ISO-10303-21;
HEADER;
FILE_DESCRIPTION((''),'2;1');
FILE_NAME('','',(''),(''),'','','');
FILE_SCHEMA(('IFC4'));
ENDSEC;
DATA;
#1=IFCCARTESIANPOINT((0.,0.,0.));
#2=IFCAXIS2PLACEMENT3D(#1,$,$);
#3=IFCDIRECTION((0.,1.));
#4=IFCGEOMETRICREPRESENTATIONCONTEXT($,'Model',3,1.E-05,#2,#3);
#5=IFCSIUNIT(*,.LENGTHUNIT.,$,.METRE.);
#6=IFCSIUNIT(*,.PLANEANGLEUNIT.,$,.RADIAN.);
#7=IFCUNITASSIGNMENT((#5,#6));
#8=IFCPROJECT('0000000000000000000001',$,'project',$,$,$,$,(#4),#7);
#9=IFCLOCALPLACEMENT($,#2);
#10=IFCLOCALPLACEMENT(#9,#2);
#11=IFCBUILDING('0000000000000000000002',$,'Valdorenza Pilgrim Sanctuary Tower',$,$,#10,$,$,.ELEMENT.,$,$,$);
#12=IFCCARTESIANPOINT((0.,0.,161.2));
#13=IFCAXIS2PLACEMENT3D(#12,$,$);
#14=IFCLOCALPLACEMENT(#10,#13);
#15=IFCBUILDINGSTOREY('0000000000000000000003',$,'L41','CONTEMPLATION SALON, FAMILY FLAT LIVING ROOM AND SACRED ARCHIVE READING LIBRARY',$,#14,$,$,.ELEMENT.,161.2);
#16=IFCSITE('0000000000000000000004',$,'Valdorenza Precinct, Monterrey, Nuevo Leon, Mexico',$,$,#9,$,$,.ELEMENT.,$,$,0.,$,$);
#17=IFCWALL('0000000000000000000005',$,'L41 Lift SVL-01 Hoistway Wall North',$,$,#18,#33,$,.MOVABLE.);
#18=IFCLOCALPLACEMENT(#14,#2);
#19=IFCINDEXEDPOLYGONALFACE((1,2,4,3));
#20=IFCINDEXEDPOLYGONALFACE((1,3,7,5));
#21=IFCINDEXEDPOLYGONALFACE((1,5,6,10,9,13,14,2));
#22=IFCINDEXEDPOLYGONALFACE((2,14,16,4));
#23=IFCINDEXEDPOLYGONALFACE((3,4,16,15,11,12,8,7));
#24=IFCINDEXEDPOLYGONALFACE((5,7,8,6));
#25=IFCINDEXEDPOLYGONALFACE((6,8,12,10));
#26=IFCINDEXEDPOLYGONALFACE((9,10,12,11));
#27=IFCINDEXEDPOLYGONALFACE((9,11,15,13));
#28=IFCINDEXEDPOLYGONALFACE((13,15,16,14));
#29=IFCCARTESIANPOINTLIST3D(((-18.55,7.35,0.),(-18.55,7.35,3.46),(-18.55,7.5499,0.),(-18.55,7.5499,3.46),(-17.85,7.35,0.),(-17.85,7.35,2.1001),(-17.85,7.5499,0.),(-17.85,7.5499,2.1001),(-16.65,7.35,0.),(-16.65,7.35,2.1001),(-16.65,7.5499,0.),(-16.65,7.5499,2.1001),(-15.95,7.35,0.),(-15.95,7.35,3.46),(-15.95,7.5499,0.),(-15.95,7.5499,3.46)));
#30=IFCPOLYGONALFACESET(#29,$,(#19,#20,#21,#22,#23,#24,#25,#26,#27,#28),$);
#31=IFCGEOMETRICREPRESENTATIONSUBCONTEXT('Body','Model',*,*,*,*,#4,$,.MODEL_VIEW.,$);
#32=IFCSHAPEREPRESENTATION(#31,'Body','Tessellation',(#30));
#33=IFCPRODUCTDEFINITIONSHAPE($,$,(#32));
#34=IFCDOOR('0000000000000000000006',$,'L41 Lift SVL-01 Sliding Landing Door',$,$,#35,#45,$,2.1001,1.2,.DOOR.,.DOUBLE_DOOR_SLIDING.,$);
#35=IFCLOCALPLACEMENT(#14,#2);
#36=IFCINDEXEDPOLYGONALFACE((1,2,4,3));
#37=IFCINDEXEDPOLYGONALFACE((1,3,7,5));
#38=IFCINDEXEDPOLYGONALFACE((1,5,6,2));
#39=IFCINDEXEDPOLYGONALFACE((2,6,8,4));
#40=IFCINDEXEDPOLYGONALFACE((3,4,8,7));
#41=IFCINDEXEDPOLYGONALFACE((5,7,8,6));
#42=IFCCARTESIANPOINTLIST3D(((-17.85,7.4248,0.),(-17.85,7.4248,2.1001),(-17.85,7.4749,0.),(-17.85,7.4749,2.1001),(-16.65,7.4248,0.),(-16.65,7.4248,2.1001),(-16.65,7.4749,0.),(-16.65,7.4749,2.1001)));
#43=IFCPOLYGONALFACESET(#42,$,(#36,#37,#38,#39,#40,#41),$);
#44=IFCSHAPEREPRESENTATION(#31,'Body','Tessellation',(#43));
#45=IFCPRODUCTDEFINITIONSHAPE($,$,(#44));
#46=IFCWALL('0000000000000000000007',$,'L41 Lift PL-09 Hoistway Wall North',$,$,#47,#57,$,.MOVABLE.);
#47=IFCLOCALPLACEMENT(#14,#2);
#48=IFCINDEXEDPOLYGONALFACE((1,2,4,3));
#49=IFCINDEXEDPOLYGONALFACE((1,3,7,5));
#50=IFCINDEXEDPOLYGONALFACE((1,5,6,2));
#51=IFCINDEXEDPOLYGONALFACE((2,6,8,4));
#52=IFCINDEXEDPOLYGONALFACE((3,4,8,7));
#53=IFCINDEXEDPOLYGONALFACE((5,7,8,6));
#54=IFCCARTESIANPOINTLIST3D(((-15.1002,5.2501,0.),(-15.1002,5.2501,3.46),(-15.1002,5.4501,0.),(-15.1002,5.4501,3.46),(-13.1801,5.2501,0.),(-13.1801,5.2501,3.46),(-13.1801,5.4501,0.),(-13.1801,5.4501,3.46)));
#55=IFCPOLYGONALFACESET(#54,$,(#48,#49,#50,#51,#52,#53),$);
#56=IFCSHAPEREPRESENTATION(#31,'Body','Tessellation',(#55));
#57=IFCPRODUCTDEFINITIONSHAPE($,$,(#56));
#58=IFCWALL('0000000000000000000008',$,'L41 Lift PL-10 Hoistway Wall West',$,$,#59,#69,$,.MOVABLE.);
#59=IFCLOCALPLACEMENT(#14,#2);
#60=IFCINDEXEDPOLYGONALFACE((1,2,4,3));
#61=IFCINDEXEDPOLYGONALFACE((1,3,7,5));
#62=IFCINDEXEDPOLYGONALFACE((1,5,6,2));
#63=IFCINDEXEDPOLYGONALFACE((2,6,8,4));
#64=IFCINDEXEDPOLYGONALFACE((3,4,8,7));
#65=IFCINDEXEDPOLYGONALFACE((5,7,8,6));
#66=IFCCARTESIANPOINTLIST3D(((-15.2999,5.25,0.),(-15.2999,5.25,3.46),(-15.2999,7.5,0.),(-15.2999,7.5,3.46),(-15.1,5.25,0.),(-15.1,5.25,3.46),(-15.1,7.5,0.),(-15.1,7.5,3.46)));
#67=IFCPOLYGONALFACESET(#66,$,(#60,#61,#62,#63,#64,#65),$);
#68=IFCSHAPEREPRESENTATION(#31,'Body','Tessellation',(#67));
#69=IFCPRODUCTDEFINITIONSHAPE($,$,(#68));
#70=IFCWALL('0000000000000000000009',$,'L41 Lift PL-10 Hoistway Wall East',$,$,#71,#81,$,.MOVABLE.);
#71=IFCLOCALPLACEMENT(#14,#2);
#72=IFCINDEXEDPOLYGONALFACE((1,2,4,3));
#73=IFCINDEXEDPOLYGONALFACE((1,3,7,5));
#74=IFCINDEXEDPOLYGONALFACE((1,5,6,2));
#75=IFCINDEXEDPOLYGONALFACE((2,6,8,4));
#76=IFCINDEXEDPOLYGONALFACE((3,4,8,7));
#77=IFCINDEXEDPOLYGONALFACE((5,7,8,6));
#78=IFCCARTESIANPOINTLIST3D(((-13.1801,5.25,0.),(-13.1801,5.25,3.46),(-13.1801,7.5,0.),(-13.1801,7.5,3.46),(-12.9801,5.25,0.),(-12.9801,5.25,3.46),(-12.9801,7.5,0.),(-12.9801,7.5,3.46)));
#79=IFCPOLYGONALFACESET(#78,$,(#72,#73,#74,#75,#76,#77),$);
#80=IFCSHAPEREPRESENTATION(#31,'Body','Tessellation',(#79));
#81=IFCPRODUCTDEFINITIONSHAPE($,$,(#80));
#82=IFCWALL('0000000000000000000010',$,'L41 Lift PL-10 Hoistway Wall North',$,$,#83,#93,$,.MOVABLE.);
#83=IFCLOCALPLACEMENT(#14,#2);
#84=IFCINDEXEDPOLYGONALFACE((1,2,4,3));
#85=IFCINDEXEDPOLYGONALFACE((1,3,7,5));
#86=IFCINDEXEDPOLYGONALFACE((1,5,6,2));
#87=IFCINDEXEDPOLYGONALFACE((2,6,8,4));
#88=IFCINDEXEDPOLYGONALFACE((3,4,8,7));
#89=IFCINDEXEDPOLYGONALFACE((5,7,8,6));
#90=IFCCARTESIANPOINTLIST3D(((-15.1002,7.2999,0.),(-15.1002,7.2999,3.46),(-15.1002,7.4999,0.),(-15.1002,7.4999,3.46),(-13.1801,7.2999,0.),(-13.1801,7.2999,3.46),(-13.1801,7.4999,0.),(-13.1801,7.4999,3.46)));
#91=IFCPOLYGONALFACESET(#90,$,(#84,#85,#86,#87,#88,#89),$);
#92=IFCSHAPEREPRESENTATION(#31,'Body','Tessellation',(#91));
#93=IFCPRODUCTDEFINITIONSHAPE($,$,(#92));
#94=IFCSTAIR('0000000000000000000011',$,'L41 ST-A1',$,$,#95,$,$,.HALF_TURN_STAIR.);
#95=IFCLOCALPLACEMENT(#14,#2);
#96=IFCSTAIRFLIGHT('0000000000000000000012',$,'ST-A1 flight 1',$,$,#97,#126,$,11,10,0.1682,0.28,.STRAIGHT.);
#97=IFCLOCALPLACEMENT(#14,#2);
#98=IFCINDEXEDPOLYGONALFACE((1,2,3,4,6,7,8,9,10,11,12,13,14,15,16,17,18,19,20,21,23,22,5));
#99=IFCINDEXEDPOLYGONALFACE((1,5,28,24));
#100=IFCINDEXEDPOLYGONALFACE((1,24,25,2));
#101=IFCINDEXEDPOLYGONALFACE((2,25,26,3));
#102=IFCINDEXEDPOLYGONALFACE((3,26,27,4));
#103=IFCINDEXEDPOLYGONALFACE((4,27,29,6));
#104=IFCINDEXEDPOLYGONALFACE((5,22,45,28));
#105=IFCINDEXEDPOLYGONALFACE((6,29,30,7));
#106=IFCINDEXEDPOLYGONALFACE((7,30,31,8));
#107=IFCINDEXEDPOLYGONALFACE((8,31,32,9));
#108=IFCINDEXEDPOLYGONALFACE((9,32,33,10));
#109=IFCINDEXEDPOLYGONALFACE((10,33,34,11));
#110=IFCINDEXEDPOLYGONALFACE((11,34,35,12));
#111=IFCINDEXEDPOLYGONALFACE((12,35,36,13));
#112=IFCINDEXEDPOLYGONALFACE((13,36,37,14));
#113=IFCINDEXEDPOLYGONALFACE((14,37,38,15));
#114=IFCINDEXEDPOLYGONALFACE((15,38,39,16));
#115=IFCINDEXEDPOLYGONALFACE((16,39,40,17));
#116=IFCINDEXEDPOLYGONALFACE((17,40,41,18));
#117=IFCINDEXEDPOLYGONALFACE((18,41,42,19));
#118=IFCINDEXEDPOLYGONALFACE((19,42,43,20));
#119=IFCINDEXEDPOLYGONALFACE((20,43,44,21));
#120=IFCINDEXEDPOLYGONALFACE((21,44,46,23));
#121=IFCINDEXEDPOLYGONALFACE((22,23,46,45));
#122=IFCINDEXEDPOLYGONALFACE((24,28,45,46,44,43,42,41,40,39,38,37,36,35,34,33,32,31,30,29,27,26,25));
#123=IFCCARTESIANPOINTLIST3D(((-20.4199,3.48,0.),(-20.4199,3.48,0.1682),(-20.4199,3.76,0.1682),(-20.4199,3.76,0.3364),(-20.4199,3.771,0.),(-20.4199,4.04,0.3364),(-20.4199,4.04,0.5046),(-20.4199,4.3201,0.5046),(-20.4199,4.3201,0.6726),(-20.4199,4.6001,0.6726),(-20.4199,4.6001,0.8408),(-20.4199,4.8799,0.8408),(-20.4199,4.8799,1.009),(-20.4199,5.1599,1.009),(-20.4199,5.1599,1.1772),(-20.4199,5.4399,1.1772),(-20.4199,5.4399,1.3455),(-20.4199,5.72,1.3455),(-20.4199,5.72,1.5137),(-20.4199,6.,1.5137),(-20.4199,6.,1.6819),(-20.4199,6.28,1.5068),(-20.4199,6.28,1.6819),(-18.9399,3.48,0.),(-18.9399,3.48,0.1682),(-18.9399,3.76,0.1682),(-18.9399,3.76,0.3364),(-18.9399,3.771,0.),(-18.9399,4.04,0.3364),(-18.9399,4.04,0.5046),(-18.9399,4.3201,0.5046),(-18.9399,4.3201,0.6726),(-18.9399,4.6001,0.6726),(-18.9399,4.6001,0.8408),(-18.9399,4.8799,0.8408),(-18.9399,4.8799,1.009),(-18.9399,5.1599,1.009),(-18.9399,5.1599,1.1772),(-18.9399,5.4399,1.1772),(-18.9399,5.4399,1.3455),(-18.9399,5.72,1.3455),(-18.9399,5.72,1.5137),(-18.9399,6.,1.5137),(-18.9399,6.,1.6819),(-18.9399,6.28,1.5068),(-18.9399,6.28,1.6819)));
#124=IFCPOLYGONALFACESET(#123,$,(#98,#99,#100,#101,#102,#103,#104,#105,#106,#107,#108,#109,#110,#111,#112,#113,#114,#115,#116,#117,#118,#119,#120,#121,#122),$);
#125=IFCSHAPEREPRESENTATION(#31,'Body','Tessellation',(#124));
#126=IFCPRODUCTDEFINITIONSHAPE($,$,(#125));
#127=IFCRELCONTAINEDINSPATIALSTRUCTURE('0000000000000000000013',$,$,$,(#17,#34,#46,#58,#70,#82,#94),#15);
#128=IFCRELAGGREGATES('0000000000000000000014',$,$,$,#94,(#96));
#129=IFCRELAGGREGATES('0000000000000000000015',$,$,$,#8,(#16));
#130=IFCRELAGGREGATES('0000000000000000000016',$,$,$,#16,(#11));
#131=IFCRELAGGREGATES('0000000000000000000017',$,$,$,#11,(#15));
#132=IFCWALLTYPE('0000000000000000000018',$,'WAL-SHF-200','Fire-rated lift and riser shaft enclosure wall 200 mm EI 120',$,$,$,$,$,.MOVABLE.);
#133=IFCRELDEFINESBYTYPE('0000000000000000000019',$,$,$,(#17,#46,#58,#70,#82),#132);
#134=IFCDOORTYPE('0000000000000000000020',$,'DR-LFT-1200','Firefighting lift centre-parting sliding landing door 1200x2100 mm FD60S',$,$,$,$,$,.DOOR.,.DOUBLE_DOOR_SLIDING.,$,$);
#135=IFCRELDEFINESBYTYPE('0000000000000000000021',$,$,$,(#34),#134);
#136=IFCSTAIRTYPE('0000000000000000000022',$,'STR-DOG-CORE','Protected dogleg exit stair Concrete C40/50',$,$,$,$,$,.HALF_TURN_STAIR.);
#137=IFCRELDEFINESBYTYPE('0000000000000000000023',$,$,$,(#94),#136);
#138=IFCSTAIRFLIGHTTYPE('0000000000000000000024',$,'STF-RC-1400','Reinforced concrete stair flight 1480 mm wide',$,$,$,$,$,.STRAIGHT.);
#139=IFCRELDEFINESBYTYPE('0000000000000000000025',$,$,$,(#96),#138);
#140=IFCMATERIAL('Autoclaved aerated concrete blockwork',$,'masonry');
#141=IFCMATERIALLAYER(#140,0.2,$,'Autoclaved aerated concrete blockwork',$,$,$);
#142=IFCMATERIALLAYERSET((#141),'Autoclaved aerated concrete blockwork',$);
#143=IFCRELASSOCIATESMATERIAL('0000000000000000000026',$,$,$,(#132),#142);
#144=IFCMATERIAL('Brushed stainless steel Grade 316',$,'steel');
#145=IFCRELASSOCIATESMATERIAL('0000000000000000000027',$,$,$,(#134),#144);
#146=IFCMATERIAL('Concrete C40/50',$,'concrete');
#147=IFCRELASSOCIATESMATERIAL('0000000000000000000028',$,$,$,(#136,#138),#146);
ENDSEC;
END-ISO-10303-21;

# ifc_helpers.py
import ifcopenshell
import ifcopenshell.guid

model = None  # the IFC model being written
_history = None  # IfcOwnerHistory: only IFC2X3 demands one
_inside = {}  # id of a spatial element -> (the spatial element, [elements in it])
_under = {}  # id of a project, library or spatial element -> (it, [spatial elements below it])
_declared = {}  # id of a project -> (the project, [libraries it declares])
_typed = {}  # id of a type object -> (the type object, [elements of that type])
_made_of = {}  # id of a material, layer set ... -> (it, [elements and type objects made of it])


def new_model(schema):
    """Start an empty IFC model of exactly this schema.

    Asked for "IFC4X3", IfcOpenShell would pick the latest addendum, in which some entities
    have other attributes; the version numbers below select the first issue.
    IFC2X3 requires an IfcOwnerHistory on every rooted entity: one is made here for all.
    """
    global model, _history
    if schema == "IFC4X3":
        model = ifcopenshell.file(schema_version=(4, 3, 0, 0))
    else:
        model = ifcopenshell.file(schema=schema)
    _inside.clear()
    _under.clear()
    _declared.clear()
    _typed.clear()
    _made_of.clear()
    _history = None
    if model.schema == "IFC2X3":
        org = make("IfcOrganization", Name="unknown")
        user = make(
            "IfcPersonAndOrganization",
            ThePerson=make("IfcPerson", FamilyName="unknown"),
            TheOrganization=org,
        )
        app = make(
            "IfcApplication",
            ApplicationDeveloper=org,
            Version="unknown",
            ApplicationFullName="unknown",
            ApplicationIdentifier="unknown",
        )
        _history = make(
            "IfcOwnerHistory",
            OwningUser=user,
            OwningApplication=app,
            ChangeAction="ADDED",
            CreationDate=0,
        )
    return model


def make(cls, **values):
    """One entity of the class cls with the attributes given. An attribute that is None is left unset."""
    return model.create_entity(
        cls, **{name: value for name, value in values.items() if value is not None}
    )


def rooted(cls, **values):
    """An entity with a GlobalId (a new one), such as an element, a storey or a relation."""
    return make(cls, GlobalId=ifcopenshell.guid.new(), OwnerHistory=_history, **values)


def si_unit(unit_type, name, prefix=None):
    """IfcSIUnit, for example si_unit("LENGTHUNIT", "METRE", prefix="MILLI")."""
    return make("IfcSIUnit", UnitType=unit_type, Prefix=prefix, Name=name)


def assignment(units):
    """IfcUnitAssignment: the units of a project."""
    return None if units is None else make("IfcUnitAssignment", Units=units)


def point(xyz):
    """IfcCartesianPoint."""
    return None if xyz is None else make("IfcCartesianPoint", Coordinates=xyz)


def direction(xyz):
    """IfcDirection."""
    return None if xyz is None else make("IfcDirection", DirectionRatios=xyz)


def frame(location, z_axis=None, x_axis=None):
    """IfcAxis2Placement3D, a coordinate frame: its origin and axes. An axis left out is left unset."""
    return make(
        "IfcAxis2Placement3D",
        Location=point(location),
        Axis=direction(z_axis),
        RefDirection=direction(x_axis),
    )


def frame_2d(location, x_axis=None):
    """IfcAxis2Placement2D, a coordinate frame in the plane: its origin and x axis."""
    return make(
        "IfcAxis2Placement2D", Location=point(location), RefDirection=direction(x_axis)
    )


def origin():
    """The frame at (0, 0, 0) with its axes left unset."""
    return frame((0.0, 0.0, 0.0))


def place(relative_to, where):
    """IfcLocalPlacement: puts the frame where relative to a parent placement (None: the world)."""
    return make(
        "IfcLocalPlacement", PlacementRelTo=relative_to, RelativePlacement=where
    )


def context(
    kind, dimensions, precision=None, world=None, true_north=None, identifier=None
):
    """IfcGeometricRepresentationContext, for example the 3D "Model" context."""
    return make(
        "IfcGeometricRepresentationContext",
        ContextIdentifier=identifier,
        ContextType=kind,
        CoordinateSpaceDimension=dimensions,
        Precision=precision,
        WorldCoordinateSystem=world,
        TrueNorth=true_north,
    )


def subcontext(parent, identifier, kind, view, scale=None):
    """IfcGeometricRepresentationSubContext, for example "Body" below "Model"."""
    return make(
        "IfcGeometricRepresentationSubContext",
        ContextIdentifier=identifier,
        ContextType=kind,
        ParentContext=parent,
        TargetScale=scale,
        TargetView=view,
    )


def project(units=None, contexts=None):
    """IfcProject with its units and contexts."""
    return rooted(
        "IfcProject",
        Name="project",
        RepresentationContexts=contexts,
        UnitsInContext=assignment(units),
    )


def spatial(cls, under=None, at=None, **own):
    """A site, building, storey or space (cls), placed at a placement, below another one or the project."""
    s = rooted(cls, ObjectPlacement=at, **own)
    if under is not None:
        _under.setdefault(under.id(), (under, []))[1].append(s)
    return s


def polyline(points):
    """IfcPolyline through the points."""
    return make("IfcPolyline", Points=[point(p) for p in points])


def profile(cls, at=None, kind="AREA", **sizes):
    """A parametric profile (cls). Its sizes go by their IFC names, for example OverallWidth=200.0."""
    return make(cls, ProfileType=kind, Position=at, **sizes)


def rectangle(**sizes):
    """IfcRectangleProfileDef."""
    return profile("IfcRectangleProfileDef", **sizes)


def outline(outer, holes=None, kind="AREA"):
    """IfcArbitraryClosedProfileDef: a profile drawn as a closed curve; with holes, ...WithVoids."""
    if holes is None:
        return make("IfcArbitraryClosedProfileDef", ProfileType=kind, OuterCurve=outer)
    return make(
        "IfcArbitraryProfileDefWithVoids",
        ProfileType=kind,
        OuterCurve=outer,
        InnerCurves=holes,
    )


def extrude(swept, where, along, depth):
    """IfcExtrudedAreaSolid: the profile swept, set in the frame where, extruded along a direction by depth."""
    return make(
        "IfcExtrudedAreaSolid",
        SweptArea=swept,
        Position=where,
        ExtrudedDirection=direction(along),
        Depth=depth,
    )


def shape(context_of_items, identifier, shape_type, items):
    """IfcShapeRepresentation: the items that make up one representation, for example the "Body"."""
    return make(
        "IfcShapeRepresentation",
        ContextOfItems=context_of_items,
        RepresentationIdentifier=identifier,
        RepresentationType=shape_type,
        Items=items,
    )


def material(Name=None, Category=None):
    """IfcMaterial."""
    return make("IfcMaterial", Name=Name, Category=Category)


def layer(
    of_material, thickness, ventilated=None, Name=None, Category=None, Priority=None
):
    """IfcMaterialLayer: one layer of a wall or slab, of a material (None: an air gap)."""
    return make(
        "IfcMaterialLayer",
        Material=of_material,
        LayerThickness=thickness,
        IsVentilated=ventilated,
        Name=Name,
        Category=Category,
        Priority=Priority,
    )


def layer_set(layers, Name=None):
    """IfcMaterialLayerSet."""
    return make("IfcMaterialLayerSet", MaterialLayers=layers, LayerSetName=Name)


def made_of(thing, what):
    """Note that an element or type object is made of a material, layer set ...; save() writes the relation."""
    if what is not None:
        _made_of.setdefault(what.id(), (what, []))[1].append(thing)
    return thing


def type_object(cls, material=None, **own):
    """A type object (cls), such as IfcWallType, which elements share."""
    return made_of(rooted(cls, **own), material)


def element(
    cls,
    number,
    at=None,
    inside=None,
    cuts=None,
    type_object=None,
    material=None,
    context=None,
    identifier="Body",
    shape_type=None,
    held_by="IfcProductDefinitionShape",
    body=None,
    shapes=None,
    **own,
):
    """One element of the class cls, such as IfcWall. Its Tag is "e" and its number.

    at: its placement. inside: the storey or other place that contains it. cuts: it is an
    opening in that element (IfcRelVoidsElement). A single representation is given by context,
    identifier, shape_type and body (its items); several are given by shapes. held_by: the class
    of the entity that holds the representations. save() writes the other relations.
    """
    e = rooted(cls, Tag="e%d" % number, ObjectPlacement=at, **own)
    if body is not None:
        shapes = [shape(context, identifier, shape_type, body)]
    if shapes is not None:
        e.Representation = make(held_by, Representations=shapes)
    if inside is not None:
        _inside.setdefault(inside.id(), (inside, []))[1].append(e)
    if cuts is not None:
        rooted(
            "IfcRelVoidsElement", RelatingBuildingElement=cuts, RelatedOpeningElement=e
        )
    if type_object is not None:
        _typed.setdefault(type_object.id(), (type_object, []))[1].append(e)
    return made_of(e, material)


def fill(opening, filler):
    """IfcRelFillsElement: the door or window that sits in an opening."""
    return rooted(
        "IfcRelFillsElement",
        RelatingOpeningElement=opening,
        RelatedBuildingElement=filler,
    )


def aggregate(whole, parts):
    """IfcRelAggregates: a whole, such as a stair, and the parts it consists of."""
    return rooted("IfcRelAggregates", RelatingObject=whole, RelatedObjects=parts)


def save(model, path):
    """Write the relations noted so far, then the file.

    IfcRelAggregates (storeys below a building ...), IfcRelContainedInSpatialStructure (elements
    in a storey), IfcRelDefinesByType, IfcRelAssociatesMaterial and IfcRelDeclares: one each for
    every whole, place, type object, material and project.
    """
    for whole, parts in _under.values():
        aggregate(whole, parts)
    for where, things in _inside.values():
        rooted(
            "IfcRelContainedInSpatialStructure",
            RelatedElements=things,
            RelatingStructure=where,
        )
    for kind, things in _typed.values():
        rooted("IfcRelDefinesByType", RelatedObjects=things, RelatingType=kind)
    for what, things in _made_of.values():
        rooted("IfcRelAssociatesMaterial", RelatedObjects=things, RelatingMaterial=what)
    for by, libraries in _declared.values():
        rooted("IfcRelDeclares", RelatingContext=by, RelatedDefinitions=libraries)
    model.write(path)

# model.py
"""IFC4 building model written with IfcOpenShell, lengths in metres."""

from ifc_helpers import new_model, si_unit, direction, frame, frame_2d, origin, place, context, subcontext, project, spatial, polyline, rectangle, outline, extrude, material, layer, layer_set, type_object, element, fill, aggregate, save


model = new_model("IFC4")

# Units and contexts
model_context = context("Model", 3, precision=1e-05, world=origin(), true_north=direction((0.0, 1.0)))
body_context = subcontext(model_context, "Body", "Model", "MODEL_VIEW")
ifc_project = project(units=[si_unit("LENGTHUNIT", "METRE"), si_unit("PLANEANGLEUNIT", "RADIAN")], contexts=[model_context])

# Site, building, storey
site_placement = place(None, origin())
site = spatial("IfcSite", under=ifc_project, at=site_placement, Name="Valdorenza Precinct, Monterrey, Nuevo Leon, Mexico", CompositionType="ELEMENT", RefElevation=0.0)
building_placement = place(site_placement, origin())
building = spatial("IfcBuilding", under=site, at=building_placement, Name="Valdorenza Pilgrim Sanctuary Tower", CompositionType="ELEMENT")
storey_placement = place(building_placement, frame((0.0, 0.0, 161.2)))
storey = spatial("IfcBuildingStorey", under=building, at=storey_placement, Name="L41", Description="CONTEMPLATION SALON, FAMILY FLAT LIVING ROOM AND SACRED ARCHIVE READING LIBRARY", CompositionType="ELEMENT", Elevation=161.2)

# Shared definitions
ifc_material_1 = material(Name="Autoclaved aerated concrete blockwork", Category="masonry")
ifc_layer_1 = layer(ifc_material_1, 0.2, Name="Autoclaved aerated concrete blockwork")
ifc_layer_set_1 = layer_set([ifc_layer_1], Name="Autoclaved aerated concrete blockwork")
wall_type_1 = type_object("IfcWallType", Name="WAL-SHF-200", Description="Fire-rated lift and riser shaft enclosure wall 200 mm EI 120", PredefinedType="MOVABLE", material=ifc_layer_set_1)

# Wall, opening, door
wall_1_placement = place(storey_placement, frame((-18.55, 7.45, 0.0), z_axis=(0.0, 0.0, 1.0), x_axis=(1.0, 0.0, 0.0)))
wall_1 = element("IfcWall", 1, at=wall_1_placement, inside=storey, type_object=wall_type_1, Name="L41 Lift SVL-01 Hoistway Wall North", PredefinedType="MOVABLE", context=body_context, shape_type="SweptSolid", body=[
    extrude(rectangle(XDim=2.6001, YDim=0.2, at=frame_2d((1.3, 0.0))), origin(), (0.0, 0.0, 1.0), 3.46),
])
opening_1_placement = place(wall_1_placement, frame((0.7, 0.0, 0.0)))
opening_1 = element("IfcOpeningElement", 2, at=opening_1_placement, cuts=wall_1, PredefinedType="OPENING", context=body_context, shape_type="SweptSolid", body=[
    extrude(rectangle(XDim=1.2, YDim=2.1001, at=frame_2d((0.6001, 1.05))), frame((0.0, 0.1147, 0.0), z_axis=(0.0, -1.0, 0.0), x_axis=(1.0, 0.0, 0.0)), (0.0, 0.0, 1.0), 0.2297),
])
ifc_material_2 = material(Name="Brushed stainless steel Grade 316", Category="steel")
door_type_1 = type_object("IfcDoorType", Name="DR-LFT-1200", Description="Firefighting lift centre-parting sliding landing door 1200x2100 mm FD60S", OperationType="DOUBLE_DOOR_SLIDING", PredefinedType="DOOR", material=ifc_material_2)
door_1_placement = place(opening_1_placement, origin())
door_1 = element("IfcDoor", 3, at=door_1_placement, inside=storey, type_object=door_type_1, Name="L41 Lift SVL-01 Sliding Landing Door", OperationType="DOUBLE_DOOR_SLIDING", OverallHeight=2.1001, OverallWidth=1.2, PredefinedType="DOOR", context=body_context, shape_type="SweptSolid", body=[
    extrude(rectangle(XDim=1.2, YDim=2.1001, at=frame_2d((0.6001, 1.05))), frame((0.0, 0.0249, 0.0), z_axis=(0.0, -1.0, 0.0), x_axis=(1.0, 0.0, 0.0)), (0.0, 0.0, 1.0), 0.05),
])
fill(opening_1, door_1)

# Walls
wall_2_placement = place(storey_placement, frame((-15.1001, 5.3501, 0.0), z_axis=(0.0, 0.0, 1.0), x_axis=(1.0, 0.0, 0.0)))
element("IfcWall", 4, at=wall_2_placement, inside=storey, type_object=wall_type_1, Name="L41 Lift PL-09 Hoistway Wall North", PredefinedType="MOVABLE", context=body_context, shape_type="SweptSolid", body=[
    extrude(rectangle(XDim=1.9202, YDim=0.2, at=frame_2d((0.96, 0.0))), origin(), (0.0, 0.0, 1.0), 3.46),
])
for number, where, z_axis, x_axis, name in (
    (5, (-15.2, 5.25, 0.0), (0.0, 0.0, 1.0), (0.0, 1.0, 0.0), "L41 Lift PL-10 Hoistway Wall West"),
    (6, (-13.0801, 5.25, 0.0), (0.0, 0.0, 1.0), (0.0, 1.0, 0.0), "L41 Lift PL-10 Hoistway Wall East"),
):
    element("IfcWall", number, at=place(storey_placement, frame(where, z_axis=z_axis, x_axis=x_axis)), inside=storey, type_object=wall_type_1, Name=name, PredefinedType="MOVABLE", context=body_context, shape_type="SweptSolid", body=[
        extrude(rectangle(XDim=2.25, YDim=0.2, at=frame_2d((1.125, 0.0))), origin(), (0.0, 0.0, 1.0), 3.46),
    ])
wall_3_placement = place(storey_placement, frame((-15.1001, 7.3999, 0.0), z_axis=(0.0, 0.0, 1.0), x_axis=(1.0, 0.0, 0.0)))
element("IfcWall", 7, at=wall_3_placement, inside=storey, type_object=wall_type_1, Name="L41 Lift PL-10 Hoistway Wall North", PredefinedType="MOVABLE", context=body_context, shape_type="SweptSolid", body=[
    extrude(rectangle(XDim=1.9202, YDim=0.2, at=frame_2d((0.96, 0.0))), origin(), (0.0, 0.0, 1.0), 3.46),
])

# Stair, stair flight
ifc_material_3 = material(Name="Concrete C40/50", Category="concrete")
stair_type = type_object("IfcStairType", Name="STR-DOG-CORE", Description="Protected dogleg exit stair Concrete C40/50", PredefinedType="HALF_TURN_STAIR", material=ifc_material_3)
stair_placement = place(storey_placement, origin())
stair = element("IfcStair", 8, at=stair_placement, inside=storey, type_object=stair_type, Name="L41 ST-A1", PredefinedType="HALF_TURN_STAIR")
stair_flight_type = type_object("IfcStairFlightType", Name="STF-RC-1400", Description="Reinforced concrete stair flight 1480 mm wide", PredefinedType="STRAIGHT", material=ifc_material_3)
stair_flight_placement = place(storey_placement, frame((-19.6799, 3.48, 0.0), z_axis=(0.0, 0.0, 1.0), x_axis=(0.0, 1.0, 0.0)))
stair_flight = element("IfcStairFlight", 9, at=stair_flight_placement, type_object=stair_flight_type, Name="ST-A1 flight 1", NumberOfRisers=11, NumberOfTreads=10, PredefinedType="STRAIGHT", RiserHeight=0.1682, TreadLength=0.28, context=body_context, shape_type="SweptSolid", body=[
    extrude(outline(polyline([(0.0, 0.0), (0.0, 0.1682), (0.28, 0.1682), (0.28, 0.3364), (0.5601, 0.3364), (0.5601, 0.5046), (0.8401, 0.5046), (0.8401, 0.6726), (1.1201, 0.6726), (1.1201, 0.8408), (1.3999, 0.8408), (1.3999, 1.009), (1.6799, 1.009), (1.6799, 1.1772), (1.96, 1.1772), (1.96, 1.3455), (2.24, 1.3455), (2.24, 1.5137), (2.52, 1.5137), (2.52, 1.6819), (2.8, 1.6819), (2.8, 1.8501), (2.8, 1.5068), (0.291, 0.0), (0.0, 0.0)])), frame((0.0, 0.74, 0.0), z_axis=(0.0, -1.0, 0.0), x_axis=(1.0, 0.0, 0.0)), (0.0, 0.0, 1.0), 1.48),
])
aggregate(stair, [stair_flight])

save(model, "model.ifc")
